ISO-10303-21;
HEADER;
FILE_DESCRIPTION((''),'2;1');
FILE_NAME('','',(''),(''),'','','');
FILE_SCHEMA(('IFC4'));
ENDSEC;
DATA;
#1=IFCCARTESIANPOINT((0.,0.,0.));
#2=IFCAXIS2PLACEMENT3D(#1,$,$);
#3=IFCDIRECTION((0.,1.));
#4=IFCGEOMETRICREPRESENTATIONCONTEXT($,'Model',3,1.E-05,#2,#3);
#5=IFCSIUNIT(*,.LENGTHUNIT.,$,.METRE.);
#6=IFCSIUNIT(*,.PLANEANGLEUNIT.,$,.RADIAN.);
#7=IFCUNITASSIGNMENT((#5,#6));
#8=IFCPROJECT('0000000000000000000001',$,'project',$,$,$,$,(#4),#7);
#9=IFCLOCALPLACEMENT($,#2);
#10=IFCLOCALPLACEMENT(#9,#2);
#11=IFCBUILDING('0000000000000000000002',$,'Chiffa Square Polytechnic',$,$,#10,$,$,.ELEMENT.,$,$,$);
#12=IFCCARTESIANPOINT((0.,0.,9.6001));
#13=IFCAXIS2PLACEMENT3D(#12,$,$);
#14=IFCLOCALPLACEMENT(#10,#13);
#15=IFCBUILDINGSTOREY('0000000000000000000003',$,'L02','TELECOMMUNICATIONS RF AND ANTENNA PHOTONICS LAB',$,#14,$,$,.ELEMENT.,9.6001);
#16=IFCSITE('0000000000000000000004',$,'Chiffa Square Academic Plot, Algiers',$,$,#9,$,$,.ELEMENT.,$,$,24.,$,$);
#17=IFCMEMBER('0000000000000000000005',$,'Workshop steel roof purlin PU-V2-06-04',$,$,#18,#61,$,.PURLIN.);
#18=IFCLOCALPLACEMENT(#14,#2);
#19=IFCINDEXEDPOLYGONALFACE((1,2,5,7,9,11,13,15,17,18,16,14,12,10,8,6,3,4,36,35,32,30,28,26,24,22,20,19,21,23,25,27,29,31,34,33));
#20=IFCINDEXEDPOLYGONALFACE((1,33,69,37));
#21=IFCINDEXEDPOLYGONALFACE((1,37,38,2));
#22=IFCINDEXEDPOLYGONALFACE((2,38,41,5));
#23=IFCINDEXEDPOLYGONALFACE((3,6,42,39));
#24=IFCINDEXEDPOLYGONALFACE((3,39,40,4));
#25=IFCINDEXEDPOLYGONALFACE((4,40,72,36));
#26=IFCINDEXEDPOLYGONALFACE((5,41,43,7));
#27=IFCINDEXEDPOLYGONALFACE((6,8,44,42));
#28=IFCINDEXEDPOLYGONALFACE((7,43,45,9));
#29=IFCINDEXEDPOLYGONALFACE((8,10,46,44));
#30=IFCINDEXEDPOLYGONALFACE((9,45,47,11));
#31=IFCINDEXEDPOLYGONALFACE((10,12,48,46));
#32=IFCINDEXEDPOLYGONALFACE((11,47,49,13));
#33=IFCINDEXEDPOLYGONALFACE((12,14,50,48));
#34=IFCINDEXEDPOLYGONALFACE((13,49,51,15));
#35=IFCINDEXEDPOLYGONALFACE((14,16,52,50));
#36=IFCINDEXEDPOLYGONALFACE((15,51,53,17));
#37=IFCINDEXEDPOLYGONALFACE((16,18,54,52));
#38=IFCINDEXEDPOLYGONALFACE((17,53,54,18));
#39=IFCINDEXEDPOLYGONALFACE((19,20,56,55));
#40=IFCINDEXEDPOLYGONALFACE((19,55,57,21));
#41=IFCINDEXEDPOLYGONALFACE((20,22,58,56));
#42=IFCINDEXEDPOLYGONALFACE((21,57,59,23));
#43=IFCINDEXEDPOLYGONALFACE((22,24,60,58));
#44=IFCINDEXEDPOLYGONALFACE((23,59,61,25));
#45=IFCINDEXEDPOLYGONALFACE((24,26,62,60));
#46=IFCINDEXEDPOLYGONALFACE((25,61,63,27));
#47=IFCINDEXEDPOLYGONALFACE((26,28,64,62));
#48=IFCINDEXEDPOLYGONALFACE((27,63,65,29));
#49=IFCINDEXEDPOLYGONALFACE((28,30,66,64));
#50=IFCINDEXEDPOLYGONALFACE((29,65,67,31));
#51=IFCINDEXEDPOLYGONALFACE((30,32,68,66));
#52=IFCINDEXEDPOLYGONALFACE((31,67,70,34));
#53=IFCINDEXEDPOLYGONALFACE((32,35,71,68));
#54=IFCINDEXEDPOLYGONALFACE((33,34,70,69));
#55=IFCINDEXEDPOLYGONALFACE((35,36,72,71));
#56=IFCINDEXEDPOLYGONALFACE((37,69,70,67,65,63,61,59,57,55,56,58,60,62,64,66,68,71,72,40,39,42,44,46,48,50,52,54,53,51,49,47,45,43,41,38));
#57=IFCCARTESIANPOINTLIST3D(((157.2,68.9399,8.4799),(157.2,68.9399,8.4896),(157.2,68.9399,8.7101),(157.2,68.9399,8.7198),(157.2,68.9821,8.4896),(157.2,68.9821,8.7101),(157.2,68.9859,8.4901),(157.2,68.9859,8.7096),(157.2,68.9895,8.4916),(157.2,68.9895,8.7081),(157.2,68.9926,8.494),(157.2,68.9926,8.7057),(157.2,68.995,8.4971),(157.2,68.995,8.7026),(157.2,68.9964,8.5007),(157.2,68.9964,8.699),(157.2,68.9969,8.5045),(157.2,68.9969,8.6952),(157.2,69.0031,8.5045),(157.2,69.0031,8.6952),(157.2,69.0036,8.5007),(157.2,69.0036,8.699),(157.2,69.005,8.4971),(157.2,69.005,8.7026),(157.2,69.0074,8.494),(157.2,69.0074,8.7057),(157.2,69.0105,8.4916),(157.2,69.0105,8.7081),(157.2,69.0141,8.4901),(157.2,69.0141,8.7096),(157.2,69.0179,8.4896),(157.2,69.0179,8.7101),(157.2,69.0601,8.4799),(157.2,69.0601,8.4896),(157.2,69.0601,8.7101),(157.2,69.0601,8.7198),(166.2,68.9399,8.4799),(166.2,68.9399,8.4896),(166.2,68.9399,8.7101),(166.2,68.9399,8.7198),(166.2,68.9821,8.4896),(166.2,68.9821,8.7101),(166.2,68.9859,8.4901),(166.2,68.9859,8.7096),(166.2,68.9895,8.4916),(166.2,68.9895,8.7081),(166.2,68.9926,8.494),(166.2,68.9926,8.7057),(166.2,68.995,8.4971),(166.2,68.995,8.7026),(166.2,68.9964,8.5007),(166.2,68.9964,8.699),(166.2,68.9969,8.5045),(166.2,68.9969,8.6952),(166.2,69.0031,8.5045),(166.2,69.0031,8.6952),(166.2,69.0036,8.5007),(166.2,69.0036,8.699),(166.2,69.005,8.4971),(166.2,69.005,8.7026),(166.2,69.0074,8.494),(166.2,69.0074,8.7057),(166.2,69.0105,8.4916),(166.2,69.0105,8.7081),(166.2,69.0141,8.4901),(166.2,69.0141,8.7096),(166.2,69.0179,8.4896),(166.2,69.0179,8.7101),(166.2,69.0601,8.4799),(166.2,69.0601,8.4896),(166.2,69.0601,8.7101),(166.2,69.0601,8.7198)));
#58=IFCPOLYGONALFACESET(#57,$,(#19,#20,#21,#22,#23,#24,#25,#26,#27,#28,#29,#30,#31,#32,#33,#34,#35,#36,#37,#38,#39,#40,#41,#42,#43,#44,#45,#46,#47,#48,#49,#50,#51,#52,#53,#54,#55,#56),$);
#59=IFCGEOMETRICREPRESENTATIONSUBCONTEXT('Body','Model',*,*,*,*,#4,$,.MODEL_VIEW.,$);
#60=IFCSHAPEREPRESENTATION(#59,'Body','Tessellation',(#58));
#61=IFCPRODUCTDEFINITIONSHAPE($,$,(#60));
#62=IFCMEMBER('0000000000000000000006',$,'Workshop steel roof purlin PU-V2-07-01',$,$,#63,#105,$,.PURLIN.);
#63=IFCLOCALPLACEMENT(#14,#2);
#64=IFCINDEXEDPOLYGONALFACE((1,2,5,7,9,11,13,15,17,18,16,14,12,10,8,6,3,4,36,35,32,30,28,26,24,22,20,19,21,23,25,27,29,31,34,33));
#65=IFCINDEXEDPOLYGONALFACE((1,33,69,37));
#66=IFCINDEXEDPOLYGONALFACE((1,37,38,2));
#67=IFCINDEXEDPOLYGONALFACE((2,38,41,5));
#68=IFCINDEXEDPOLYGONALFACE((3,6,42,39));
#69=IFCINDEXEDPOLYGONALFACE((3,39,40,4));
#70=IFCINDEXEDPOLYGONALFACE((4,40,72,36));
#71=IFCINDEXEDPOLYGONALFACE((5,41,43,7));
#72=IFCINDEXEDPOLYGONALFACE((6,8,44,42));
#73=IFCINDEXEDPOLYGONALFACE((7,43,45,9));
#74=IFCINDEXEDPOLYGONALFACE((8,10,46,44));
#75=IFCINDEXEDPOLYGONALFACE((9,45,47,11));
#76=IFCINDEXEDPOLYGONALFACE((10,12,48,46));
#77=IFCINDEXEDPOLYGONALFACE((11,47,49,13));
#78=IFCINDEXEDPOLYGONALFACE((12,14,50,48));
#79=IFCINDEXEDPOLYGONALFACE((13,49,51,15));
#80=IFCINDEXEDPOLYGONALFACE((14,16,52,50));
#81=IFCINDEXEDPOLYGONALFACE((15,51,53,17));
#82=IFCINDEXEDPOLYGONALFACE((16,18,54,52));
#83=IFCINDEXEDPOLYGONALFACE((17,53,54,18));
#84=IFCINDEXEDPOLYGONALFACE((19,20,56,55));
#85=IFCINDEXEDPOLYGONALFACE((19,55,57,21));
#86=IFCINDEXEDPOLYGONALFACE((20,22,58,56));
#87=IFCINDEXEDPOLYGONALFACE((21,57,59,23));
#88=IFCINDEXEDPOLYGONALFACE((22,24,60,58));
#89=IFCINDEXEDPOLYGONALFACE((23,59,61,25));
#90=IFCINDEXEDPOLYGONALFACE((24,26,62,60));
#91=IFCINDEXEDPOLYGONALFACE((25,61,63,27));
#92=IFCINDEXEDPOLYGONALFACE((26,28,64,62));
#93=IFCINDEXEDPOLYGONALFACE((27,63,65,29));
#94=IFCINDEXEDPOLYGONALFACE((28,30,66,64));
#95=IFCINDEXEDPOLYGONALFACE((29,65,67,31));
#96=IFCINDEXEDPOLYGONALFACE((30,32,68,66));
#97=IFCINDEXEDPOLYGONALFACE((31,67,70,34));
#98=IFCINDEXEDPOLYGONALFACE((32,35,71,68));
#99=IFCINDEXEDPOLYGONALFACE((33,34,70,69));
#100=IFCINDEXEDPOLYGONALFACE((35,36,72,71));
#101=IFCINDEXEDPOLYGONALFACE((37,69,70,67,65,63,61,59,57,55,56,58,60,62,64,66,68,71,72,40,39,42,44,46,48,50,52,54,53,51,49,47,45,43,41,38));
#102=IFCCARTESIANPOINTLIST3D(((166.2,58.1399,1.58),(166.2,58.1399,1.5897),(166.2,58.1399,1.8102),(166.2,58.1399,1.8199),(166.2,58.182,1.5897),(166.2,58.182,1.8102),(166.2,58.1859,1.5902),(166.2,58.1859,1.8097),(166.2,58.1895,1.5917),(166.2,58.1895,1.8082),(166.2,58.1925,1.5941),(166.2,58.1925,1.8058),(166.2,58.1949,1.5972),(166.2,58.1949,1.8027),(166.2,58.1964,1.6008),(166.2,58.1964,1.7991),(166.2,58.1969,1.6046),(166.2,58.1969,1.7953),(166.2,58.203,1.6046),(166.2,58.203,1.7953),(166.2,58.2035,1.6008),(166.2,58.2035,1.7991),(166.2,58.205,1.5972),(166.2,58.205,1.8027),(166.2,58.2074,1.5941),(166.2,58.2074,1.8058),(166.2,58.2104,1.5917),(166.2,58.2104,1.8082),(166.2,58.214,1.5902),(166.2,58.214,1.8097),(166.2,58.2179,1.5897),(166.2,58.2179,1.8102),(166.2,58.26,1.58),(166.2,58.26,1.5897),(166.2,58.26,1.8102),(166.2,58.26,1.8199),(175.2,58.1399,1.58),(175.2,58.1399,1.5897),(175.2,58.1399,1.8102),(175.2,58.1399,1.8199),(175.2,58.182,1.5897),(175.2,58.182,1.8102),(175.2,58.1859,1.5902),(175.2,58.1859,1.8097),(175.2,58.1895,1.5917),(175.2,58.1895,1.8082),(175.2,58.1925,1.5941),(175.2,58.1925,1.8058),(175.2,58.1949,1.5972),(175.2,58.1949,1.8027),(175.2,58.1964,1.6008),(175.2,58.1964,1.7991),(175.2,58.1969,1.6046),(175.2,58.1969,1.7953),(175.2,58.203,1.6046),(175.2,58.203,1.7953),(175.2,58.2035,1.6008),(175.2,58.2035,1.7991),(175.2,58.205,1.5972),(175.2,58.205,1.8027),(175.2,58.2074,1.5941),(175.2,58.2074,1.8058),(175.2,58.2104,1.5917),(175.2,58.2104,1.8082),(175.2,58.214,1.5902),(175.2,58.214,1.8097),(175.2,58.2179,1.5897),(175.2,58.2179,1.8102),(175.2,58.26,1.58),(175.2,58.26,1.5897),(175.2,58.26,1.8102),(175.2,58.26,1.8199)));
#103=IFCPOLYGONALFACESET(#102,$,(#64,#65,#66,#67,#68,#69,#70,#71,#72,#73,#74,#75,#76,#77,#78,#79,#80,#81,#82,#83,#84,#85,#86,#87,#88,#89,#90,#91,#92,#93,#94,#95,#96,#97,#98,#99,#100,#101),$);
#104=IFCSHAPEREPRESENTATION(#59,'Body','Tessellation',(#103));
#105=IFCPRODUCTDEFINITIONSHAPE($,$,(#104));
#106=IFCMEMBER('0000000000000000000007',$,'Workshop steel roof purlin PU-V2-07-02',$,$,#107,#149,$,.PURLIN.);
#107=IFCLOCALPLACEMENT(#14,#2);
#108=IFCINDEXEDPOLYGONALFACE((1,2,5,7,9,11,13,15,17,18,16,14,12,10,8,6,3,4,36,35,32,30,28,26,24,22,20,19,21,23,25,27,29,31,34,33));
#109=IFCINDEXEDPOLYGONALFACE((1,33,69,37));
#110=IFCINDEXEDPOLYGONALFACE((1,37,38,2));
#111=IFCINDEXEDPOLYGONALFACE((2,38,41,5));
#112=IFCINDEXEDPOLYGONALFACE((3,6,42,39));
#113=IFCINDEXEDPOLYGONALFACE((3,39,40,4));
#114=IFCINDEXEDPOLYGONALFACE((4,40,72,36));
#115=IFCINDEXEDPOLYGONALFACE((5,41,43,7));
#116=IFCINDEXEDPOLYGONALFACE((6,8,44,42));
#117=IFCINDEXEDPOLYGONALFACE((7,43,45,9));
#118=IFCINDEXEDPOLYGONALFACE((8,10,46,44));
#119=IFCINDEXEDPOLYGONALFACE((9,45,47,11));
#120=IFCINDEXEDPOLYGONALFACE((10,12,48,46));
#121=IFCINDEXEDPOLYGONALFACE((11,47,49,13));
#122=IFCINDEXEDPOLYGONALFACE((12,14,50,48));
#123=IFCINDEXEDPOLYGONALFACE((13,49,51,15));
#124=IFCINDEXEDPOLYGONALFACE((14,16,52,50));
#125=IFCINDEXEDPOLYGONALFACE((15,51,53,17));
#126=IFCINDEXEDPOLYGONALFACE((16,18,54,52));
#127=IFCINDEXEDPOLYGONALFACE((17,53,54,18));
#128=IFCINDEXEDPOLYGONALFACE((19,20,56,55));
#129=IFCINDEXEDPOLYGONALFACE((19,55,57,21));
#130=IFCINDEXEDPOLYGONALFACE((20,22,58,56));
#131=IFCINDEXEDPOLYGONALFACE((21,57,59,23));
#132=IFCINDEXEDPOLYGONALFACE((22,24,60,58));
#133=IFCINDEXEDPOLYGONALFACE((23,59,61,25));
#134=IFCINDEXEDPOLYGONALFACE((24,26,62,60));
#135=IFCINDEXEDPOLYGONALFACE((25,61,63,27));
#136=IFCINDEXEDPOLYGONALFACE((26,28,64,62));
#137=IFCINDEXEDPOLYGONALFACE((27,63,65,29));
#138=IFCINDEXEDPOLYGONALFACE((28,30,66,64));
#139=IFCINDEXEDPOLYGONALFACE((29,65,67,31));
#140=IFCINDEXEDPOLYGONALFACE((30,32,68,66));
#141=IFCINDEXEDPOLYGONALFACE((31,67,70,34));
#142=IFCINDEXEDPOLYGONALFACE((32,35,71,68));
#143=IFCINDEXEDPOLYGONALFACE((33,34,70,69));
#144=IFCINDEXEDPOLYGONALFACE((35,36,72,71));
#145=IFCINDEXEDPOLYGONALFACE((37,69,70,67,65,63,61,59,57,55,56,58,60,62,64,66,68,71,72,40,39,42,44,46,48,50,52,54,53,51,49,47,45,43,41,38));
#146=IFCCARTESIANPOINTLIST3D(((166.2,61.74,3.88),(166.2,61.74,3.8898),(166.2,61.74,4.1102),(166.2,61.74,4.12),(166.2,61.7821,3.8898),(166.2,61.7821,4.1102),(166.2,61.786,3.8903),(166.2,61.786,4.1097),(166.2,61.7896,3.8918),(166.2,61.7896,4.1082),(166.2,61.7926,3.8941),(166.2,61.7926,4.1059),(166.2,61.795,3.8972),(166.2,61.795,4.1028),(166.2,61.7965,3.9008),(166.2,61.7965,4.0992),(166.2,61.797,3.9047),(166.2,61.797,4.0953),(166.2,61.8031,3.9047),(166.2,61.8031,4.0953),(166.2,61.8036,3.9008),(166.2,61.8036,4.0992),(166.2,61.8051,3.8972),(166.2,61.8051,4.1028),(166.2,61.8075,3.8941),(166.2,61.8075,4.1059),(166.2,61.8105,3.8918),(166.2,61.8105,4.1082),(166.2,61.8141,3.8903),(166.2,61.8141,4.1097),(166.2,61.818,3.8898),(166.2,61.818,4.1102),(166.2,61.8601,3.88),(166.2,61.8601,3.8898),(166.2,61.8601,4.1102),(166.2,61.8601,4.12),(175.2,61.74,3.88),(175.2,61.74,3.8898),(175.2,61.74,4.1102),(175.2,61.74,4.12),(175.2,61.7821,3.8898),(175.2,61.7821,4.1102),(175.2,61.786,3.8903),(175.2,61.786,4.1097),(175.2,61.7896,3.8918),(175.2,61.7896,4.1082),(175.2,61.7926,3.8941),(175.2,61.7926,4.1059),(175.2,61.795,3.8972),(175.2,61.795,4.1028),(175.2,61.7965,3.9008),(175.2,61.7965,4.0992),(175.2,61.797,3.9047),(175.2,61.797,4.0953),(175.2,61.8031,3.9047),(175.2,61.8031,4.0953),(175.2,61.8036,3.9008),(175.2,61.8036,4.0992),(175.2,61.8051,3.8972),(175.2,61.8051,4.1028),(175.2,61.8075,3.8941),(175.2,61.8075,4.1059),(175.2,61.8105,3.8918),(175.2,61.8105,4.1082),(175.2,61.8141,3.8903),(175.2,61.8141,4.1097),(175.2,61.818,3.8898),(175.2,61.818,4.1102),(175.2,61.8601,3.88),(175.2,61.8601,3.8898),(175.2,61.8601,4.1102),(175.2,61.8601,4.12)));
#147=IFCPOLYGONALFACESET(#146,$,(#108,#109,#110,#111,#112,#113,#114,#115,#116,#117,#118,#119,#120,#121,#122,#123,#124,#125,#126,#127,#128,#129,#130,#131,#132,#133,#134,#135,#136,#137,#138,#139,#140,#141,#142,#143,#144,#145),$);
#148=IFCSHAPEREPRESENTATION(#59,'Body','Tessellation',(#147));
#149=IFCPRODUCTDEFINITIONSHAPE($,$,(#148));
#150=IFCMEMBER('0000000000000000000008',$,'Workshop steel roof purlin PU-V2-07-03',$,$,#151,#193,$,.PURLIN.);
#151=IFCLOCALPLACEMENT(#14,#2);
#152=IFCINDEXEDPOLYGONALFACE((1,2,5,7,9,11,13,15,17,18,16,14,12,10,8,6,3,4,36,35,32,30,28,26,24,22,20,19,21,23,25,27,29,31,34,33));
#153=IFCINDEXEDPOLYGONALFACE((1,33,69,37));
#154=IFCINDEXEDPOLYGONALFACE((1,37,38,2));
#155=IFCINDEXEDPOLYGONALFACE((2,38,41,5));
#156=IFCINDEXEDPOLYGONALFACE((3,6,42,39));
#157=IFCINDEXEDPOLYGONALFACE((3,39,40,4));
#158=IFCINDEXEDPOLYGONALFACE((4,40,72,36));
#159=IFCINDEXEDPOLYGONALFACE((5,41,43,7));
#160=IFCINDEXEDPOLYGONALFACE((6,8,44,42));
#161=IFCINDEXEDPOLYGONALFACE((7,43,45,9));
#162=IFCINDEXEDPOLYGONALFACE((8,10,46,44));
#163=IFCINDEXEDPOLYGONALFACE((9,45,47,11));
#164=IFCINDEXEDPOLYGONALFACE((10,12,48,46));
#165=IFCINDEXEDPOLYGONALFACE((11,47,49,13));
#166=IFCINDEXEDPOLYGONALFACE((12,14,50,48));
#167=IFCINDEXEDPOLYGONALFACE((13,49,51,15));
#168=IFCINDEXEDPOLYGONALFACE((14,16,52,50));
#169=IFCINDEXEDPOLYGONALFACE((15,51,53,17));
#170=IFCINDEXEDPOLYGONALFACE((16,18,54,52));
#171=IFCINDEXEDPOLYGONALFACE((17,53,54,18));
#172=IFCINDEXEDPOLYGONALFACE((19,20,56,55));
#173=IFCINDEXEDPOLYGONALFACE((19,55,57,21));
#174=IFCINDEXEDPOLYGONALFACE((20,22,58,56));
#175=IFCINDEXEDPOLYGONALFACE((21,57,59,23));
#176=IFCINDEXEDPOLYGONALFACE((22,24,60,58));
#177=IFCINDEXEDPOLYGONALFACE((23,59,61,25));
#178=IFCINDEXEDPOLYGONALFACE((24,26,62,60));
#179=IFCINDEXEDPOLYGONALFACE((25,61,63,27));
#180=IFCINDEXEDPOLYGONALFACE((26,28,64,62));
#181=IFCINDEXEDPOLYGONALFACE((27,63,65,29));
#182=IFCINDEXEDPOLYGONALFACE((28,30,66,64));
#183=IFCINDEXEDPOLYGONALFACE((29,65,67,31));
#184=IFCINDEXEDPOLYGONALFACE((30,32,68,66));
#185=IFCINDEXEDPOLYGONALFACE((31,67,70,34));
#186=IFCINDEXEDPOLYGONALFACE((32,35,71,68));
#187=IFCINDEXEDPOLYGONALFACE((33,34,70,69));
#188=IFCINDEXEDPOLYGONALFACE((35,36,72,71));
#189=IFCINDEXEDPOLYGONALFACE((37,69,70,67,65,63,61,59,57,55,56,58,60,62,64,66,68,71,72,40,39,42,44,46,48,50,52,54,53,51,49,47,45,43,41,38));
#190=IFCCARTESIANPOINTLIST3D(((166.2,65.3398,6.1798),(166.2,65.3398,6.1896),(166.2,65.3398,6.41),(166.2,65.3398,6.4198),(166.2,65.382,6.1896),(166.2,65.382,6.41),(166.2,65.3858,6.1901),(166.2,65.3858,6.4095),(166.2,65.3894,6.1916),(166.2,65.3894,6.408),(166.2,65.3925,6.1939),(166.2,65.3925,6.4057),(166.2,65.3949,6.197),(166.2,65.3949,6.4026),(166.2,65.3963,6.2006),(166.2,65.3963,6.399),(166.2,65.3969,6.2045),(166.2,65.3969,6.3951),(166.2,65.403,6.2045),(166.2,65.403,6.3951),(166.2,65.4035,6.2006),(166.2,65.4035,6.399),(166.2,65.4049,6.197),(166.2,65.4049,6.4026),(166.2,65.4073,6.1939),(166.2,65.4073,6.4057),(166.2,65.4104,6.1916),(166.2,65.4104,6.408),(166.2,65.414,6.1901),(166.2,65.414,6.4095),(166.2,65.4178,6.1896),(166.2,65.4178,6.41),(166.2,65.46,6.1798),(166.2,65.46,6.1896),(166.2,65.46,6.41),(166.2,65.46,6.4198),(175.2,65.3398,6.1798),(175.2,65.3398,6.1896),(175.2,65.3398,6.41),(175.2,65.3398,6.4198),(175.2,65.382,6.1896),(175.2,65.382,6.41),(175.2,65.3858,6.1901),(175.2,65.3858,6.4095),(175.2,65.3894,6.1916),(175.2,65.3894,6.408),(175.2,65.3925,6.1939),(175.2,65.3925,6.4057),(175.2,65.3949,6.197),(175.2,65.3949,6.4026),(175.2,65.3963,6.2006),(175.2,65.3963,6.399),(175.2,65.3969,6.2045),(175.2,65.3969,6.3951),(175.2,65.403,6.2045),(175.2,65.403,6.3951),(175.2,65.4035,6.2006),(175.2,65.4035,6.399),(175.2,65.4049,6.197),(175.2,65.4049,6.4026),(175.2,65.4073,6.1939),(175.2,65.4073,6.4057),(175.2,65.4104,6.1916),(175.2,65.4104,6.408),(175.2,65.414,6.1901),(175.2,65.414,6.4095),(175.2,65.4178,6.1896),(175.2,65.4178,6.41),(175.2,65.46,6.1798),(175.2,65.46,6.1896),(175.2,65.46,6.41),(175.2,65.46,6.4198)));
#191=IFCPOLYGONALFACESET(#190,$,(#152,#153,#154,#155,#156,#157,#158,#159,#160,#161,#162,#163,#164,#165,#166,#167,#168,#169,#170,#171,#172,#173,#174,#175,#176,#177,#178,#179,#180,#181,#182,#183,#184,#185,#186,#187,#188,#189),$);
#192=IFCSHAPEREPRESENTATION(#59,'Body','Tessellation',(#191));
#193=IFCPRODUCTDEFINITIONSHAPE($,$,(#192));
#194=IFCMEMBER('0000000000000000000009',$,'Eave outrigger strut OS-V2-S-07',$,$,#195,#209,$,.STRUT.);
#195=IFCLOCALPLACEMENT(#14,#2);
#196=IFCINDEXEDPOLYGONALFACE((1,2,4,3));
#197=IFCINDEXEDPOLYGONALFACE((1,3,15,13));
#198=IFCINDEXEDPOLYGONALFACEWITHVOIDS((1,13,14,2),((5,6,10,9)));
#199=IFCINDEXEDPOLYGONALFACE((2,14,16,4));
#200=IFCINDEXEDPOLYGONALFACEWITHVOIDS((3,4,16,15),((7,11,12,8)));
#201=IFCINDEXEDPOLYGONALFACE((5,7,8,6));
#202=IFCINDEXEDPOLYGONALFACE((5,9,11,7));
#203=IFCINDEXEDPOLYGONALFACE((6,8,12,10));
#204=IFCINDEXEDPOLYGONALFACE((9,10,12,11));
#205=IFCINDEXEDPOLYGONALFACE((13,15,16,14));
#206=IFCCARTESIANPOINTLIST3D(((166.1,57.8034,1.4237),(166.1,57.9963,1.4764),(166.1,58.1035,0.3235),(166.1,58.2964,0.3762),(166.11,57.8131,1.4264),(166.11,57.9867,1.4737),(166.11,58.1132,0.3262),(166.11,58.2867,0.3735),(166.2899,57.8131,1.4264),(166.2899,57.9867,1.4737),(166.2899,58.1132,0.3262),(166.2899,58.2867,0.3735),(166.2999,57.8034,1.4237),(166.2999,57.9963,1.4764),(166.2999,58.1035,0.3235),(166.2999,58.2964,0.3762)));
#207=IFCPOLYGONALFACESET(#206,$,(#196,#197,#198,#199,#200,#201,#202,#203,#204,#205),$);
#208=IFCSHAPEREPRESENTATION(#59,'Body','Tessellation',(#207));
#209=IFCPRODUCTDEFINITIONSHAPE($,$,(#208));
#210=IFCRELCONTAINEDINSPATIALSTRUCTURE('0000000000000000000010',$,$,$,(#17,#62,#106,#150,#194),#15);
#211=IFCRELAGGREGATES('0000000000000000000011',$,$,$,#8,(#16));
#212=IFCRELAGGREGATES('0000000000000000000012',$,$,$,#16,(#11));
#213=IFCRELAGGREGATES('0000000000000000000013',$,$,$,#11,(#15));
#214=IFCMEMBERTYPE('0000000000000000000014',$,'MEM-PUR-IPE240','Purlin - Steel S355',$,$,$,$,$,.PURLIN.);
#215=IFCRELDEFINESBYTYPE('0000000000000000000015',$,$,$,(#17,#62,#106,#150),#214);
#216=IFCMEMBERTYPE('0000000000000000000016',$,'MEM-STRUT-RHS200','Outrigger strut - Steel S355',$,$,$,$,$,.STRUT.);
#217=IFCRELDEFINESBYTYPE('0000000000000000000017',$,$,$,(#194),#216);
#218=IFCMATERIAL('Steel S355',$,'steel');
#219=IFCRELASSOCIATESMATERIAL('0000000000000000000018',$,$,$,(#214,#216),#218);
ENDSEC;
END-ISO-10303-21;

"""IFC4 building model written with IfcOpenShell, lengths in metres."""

from ifc_helpers import new_model, si_unit, direction, frame, origin, origin_2d, place, context, subcontext, project, spatial, hollow_rectangle, i_section, extrude, material, material_profile, profile_set, type_object, element, save


model = new_model("IFC4")

# Units and contexts
model_context = context("Model", 3, precision=1e-05, world=origin(), true_north=direction((0.0, 1.0)))
body_context = subcontext(model_context, "Body", "Model", "MODEL_VIEW")
ifc_project = project(units=[si_unit("LENGTHUNIT", "METRE"), si_unit("PLANEANGLEUNIT", "RADIAN")], contexts=[model_context])

# Site, building, storey
site_placement = place(None, origin())
site = spatial("IfcSite", under=ifc_project, at=site_placement, Name="Chiffa Square Academic Plot, Algiers", CompositionType="ELEMENT", RefElevation=24.0)
building_placement = place(site_placement, origin())
building = spatial("IfcBuilding", under=site, at=building_placement, Name="Chiffa Square Polytechnic", CompositionType="ELEMENT")
storey_placement = place(building_placement, frame((0.0, 0.0, 9.6001)))
storey = spatial("IfcBuildingStorey", under=building, at=storey_placement, Name="L02", Description="TELECOMMUNICATIONS RF AND ANTENNA PHOTONICS LAB", CompositionType="ELEMENT", Elevation=9.6001)

# Shared definitions
ifc_material = material(Name="Steel S355", Category="steel")

# Members
ifc_material_profile_1 = material_profile(ifc_material, i_section(OverallWidth=0.1201, OverallDepth=0.24, WebThickness=0.0061, FlangeThickness=0.0098, FilletRadius=0.0149, at=origin_2d()), Name="IPE 240")
ifc_profile_set_1 = profile_set([ifc_material_profile_1], Name="Steel S355")
member_type_1 = type_object("IfcMemberType", Name="MEM-PUR-IPE240", Description="Purlin - Steel S355", PredefinedType="PURLIN", material=ifc_profile_set_1)
for number, where, z_axis, x_axis, name in (
    (1, (157.2, 69.0, 8.5999), (1.0, 0.0, 0.0), (0.0, 1.0, 0.0), "Workshop steel roof purlin PU-V2-06-04"),
    (2, (166.2, 58.2, 1.7), (1.0, 0.0, 0.0), (0.0, 1.0, 0.0), "Workshop steel roof purlin PU-V2-07-01"),
    (3, (166.2, 61.8, 4.0), (1.0, 0.0, 0.0), (0.0, 1.0, 0.0), "Workshop steel roof purlin PU-V2-07-02"),
    (4, (166.2, 65.3999, 6.2998), (1.0, 0.0, 0.0), (0.0, 1.0, 0.0), "Workshop steel roof purlin PU-V2-07-03"),
):
    element("IfcMember", number, at=place(storey_placement, frame(where, z_axis=z_axis, x_axis=x_axis)), inside=storey, type_object=member_type_1, Name=name, PredefinedType="PURLIN", context=body_context, shape_type="SweptSolid", body=[
        extrude(i_section(OverallWidth=0.1201, OverallDepth=0.24, WebThickness=0.0061, FlangeThickness=0.0098, FilletRadius=0.0149, at=origin_2d()), origin(), (0.0, 0.0, 1.0), 9.0),
    ])
ifc_material_profile_2 = material_profile(ifc_material, hollow_rectangle(XDim=0.2, YDim=0.2, WallThickness=0.01, at=origin_2d()), Name="RHS 200x200x10")
ifc_profile_set_2 = profile_set([ifc_material_profile_2], Name="Steel S355")
member_type_2 = type_object("IfcMemberType", Name="MEM-STRUT-RHS200", Description="Outrigger strut - Steel S355", PredefinedType="STRUT", material=ifc_profile_set_2)
member_1_placement = place(storey_placement, frame((166.2, 58.2, 0.3499), z_axis=(0.0, -0.263136, 0.964759), x_axis=(1.0, 0.0, 0.0)))
element("IfcMember", 5, at=member_1_placement, inside=storey, type_object=member_type_2, Name="Eave outrigger strut OS-V2-S-07", PredefinedType="STRUT", context=body_context, shape_type="SweptSolid", body=[
    extrude(hollow_rectangle(XDim=0.2, YDim=0.2, WallThickness=0.01, at=origin_2d()), origin(), (0.0, 0.0, 1.0), 1.1404),
])

save(model, "model.ifc")
